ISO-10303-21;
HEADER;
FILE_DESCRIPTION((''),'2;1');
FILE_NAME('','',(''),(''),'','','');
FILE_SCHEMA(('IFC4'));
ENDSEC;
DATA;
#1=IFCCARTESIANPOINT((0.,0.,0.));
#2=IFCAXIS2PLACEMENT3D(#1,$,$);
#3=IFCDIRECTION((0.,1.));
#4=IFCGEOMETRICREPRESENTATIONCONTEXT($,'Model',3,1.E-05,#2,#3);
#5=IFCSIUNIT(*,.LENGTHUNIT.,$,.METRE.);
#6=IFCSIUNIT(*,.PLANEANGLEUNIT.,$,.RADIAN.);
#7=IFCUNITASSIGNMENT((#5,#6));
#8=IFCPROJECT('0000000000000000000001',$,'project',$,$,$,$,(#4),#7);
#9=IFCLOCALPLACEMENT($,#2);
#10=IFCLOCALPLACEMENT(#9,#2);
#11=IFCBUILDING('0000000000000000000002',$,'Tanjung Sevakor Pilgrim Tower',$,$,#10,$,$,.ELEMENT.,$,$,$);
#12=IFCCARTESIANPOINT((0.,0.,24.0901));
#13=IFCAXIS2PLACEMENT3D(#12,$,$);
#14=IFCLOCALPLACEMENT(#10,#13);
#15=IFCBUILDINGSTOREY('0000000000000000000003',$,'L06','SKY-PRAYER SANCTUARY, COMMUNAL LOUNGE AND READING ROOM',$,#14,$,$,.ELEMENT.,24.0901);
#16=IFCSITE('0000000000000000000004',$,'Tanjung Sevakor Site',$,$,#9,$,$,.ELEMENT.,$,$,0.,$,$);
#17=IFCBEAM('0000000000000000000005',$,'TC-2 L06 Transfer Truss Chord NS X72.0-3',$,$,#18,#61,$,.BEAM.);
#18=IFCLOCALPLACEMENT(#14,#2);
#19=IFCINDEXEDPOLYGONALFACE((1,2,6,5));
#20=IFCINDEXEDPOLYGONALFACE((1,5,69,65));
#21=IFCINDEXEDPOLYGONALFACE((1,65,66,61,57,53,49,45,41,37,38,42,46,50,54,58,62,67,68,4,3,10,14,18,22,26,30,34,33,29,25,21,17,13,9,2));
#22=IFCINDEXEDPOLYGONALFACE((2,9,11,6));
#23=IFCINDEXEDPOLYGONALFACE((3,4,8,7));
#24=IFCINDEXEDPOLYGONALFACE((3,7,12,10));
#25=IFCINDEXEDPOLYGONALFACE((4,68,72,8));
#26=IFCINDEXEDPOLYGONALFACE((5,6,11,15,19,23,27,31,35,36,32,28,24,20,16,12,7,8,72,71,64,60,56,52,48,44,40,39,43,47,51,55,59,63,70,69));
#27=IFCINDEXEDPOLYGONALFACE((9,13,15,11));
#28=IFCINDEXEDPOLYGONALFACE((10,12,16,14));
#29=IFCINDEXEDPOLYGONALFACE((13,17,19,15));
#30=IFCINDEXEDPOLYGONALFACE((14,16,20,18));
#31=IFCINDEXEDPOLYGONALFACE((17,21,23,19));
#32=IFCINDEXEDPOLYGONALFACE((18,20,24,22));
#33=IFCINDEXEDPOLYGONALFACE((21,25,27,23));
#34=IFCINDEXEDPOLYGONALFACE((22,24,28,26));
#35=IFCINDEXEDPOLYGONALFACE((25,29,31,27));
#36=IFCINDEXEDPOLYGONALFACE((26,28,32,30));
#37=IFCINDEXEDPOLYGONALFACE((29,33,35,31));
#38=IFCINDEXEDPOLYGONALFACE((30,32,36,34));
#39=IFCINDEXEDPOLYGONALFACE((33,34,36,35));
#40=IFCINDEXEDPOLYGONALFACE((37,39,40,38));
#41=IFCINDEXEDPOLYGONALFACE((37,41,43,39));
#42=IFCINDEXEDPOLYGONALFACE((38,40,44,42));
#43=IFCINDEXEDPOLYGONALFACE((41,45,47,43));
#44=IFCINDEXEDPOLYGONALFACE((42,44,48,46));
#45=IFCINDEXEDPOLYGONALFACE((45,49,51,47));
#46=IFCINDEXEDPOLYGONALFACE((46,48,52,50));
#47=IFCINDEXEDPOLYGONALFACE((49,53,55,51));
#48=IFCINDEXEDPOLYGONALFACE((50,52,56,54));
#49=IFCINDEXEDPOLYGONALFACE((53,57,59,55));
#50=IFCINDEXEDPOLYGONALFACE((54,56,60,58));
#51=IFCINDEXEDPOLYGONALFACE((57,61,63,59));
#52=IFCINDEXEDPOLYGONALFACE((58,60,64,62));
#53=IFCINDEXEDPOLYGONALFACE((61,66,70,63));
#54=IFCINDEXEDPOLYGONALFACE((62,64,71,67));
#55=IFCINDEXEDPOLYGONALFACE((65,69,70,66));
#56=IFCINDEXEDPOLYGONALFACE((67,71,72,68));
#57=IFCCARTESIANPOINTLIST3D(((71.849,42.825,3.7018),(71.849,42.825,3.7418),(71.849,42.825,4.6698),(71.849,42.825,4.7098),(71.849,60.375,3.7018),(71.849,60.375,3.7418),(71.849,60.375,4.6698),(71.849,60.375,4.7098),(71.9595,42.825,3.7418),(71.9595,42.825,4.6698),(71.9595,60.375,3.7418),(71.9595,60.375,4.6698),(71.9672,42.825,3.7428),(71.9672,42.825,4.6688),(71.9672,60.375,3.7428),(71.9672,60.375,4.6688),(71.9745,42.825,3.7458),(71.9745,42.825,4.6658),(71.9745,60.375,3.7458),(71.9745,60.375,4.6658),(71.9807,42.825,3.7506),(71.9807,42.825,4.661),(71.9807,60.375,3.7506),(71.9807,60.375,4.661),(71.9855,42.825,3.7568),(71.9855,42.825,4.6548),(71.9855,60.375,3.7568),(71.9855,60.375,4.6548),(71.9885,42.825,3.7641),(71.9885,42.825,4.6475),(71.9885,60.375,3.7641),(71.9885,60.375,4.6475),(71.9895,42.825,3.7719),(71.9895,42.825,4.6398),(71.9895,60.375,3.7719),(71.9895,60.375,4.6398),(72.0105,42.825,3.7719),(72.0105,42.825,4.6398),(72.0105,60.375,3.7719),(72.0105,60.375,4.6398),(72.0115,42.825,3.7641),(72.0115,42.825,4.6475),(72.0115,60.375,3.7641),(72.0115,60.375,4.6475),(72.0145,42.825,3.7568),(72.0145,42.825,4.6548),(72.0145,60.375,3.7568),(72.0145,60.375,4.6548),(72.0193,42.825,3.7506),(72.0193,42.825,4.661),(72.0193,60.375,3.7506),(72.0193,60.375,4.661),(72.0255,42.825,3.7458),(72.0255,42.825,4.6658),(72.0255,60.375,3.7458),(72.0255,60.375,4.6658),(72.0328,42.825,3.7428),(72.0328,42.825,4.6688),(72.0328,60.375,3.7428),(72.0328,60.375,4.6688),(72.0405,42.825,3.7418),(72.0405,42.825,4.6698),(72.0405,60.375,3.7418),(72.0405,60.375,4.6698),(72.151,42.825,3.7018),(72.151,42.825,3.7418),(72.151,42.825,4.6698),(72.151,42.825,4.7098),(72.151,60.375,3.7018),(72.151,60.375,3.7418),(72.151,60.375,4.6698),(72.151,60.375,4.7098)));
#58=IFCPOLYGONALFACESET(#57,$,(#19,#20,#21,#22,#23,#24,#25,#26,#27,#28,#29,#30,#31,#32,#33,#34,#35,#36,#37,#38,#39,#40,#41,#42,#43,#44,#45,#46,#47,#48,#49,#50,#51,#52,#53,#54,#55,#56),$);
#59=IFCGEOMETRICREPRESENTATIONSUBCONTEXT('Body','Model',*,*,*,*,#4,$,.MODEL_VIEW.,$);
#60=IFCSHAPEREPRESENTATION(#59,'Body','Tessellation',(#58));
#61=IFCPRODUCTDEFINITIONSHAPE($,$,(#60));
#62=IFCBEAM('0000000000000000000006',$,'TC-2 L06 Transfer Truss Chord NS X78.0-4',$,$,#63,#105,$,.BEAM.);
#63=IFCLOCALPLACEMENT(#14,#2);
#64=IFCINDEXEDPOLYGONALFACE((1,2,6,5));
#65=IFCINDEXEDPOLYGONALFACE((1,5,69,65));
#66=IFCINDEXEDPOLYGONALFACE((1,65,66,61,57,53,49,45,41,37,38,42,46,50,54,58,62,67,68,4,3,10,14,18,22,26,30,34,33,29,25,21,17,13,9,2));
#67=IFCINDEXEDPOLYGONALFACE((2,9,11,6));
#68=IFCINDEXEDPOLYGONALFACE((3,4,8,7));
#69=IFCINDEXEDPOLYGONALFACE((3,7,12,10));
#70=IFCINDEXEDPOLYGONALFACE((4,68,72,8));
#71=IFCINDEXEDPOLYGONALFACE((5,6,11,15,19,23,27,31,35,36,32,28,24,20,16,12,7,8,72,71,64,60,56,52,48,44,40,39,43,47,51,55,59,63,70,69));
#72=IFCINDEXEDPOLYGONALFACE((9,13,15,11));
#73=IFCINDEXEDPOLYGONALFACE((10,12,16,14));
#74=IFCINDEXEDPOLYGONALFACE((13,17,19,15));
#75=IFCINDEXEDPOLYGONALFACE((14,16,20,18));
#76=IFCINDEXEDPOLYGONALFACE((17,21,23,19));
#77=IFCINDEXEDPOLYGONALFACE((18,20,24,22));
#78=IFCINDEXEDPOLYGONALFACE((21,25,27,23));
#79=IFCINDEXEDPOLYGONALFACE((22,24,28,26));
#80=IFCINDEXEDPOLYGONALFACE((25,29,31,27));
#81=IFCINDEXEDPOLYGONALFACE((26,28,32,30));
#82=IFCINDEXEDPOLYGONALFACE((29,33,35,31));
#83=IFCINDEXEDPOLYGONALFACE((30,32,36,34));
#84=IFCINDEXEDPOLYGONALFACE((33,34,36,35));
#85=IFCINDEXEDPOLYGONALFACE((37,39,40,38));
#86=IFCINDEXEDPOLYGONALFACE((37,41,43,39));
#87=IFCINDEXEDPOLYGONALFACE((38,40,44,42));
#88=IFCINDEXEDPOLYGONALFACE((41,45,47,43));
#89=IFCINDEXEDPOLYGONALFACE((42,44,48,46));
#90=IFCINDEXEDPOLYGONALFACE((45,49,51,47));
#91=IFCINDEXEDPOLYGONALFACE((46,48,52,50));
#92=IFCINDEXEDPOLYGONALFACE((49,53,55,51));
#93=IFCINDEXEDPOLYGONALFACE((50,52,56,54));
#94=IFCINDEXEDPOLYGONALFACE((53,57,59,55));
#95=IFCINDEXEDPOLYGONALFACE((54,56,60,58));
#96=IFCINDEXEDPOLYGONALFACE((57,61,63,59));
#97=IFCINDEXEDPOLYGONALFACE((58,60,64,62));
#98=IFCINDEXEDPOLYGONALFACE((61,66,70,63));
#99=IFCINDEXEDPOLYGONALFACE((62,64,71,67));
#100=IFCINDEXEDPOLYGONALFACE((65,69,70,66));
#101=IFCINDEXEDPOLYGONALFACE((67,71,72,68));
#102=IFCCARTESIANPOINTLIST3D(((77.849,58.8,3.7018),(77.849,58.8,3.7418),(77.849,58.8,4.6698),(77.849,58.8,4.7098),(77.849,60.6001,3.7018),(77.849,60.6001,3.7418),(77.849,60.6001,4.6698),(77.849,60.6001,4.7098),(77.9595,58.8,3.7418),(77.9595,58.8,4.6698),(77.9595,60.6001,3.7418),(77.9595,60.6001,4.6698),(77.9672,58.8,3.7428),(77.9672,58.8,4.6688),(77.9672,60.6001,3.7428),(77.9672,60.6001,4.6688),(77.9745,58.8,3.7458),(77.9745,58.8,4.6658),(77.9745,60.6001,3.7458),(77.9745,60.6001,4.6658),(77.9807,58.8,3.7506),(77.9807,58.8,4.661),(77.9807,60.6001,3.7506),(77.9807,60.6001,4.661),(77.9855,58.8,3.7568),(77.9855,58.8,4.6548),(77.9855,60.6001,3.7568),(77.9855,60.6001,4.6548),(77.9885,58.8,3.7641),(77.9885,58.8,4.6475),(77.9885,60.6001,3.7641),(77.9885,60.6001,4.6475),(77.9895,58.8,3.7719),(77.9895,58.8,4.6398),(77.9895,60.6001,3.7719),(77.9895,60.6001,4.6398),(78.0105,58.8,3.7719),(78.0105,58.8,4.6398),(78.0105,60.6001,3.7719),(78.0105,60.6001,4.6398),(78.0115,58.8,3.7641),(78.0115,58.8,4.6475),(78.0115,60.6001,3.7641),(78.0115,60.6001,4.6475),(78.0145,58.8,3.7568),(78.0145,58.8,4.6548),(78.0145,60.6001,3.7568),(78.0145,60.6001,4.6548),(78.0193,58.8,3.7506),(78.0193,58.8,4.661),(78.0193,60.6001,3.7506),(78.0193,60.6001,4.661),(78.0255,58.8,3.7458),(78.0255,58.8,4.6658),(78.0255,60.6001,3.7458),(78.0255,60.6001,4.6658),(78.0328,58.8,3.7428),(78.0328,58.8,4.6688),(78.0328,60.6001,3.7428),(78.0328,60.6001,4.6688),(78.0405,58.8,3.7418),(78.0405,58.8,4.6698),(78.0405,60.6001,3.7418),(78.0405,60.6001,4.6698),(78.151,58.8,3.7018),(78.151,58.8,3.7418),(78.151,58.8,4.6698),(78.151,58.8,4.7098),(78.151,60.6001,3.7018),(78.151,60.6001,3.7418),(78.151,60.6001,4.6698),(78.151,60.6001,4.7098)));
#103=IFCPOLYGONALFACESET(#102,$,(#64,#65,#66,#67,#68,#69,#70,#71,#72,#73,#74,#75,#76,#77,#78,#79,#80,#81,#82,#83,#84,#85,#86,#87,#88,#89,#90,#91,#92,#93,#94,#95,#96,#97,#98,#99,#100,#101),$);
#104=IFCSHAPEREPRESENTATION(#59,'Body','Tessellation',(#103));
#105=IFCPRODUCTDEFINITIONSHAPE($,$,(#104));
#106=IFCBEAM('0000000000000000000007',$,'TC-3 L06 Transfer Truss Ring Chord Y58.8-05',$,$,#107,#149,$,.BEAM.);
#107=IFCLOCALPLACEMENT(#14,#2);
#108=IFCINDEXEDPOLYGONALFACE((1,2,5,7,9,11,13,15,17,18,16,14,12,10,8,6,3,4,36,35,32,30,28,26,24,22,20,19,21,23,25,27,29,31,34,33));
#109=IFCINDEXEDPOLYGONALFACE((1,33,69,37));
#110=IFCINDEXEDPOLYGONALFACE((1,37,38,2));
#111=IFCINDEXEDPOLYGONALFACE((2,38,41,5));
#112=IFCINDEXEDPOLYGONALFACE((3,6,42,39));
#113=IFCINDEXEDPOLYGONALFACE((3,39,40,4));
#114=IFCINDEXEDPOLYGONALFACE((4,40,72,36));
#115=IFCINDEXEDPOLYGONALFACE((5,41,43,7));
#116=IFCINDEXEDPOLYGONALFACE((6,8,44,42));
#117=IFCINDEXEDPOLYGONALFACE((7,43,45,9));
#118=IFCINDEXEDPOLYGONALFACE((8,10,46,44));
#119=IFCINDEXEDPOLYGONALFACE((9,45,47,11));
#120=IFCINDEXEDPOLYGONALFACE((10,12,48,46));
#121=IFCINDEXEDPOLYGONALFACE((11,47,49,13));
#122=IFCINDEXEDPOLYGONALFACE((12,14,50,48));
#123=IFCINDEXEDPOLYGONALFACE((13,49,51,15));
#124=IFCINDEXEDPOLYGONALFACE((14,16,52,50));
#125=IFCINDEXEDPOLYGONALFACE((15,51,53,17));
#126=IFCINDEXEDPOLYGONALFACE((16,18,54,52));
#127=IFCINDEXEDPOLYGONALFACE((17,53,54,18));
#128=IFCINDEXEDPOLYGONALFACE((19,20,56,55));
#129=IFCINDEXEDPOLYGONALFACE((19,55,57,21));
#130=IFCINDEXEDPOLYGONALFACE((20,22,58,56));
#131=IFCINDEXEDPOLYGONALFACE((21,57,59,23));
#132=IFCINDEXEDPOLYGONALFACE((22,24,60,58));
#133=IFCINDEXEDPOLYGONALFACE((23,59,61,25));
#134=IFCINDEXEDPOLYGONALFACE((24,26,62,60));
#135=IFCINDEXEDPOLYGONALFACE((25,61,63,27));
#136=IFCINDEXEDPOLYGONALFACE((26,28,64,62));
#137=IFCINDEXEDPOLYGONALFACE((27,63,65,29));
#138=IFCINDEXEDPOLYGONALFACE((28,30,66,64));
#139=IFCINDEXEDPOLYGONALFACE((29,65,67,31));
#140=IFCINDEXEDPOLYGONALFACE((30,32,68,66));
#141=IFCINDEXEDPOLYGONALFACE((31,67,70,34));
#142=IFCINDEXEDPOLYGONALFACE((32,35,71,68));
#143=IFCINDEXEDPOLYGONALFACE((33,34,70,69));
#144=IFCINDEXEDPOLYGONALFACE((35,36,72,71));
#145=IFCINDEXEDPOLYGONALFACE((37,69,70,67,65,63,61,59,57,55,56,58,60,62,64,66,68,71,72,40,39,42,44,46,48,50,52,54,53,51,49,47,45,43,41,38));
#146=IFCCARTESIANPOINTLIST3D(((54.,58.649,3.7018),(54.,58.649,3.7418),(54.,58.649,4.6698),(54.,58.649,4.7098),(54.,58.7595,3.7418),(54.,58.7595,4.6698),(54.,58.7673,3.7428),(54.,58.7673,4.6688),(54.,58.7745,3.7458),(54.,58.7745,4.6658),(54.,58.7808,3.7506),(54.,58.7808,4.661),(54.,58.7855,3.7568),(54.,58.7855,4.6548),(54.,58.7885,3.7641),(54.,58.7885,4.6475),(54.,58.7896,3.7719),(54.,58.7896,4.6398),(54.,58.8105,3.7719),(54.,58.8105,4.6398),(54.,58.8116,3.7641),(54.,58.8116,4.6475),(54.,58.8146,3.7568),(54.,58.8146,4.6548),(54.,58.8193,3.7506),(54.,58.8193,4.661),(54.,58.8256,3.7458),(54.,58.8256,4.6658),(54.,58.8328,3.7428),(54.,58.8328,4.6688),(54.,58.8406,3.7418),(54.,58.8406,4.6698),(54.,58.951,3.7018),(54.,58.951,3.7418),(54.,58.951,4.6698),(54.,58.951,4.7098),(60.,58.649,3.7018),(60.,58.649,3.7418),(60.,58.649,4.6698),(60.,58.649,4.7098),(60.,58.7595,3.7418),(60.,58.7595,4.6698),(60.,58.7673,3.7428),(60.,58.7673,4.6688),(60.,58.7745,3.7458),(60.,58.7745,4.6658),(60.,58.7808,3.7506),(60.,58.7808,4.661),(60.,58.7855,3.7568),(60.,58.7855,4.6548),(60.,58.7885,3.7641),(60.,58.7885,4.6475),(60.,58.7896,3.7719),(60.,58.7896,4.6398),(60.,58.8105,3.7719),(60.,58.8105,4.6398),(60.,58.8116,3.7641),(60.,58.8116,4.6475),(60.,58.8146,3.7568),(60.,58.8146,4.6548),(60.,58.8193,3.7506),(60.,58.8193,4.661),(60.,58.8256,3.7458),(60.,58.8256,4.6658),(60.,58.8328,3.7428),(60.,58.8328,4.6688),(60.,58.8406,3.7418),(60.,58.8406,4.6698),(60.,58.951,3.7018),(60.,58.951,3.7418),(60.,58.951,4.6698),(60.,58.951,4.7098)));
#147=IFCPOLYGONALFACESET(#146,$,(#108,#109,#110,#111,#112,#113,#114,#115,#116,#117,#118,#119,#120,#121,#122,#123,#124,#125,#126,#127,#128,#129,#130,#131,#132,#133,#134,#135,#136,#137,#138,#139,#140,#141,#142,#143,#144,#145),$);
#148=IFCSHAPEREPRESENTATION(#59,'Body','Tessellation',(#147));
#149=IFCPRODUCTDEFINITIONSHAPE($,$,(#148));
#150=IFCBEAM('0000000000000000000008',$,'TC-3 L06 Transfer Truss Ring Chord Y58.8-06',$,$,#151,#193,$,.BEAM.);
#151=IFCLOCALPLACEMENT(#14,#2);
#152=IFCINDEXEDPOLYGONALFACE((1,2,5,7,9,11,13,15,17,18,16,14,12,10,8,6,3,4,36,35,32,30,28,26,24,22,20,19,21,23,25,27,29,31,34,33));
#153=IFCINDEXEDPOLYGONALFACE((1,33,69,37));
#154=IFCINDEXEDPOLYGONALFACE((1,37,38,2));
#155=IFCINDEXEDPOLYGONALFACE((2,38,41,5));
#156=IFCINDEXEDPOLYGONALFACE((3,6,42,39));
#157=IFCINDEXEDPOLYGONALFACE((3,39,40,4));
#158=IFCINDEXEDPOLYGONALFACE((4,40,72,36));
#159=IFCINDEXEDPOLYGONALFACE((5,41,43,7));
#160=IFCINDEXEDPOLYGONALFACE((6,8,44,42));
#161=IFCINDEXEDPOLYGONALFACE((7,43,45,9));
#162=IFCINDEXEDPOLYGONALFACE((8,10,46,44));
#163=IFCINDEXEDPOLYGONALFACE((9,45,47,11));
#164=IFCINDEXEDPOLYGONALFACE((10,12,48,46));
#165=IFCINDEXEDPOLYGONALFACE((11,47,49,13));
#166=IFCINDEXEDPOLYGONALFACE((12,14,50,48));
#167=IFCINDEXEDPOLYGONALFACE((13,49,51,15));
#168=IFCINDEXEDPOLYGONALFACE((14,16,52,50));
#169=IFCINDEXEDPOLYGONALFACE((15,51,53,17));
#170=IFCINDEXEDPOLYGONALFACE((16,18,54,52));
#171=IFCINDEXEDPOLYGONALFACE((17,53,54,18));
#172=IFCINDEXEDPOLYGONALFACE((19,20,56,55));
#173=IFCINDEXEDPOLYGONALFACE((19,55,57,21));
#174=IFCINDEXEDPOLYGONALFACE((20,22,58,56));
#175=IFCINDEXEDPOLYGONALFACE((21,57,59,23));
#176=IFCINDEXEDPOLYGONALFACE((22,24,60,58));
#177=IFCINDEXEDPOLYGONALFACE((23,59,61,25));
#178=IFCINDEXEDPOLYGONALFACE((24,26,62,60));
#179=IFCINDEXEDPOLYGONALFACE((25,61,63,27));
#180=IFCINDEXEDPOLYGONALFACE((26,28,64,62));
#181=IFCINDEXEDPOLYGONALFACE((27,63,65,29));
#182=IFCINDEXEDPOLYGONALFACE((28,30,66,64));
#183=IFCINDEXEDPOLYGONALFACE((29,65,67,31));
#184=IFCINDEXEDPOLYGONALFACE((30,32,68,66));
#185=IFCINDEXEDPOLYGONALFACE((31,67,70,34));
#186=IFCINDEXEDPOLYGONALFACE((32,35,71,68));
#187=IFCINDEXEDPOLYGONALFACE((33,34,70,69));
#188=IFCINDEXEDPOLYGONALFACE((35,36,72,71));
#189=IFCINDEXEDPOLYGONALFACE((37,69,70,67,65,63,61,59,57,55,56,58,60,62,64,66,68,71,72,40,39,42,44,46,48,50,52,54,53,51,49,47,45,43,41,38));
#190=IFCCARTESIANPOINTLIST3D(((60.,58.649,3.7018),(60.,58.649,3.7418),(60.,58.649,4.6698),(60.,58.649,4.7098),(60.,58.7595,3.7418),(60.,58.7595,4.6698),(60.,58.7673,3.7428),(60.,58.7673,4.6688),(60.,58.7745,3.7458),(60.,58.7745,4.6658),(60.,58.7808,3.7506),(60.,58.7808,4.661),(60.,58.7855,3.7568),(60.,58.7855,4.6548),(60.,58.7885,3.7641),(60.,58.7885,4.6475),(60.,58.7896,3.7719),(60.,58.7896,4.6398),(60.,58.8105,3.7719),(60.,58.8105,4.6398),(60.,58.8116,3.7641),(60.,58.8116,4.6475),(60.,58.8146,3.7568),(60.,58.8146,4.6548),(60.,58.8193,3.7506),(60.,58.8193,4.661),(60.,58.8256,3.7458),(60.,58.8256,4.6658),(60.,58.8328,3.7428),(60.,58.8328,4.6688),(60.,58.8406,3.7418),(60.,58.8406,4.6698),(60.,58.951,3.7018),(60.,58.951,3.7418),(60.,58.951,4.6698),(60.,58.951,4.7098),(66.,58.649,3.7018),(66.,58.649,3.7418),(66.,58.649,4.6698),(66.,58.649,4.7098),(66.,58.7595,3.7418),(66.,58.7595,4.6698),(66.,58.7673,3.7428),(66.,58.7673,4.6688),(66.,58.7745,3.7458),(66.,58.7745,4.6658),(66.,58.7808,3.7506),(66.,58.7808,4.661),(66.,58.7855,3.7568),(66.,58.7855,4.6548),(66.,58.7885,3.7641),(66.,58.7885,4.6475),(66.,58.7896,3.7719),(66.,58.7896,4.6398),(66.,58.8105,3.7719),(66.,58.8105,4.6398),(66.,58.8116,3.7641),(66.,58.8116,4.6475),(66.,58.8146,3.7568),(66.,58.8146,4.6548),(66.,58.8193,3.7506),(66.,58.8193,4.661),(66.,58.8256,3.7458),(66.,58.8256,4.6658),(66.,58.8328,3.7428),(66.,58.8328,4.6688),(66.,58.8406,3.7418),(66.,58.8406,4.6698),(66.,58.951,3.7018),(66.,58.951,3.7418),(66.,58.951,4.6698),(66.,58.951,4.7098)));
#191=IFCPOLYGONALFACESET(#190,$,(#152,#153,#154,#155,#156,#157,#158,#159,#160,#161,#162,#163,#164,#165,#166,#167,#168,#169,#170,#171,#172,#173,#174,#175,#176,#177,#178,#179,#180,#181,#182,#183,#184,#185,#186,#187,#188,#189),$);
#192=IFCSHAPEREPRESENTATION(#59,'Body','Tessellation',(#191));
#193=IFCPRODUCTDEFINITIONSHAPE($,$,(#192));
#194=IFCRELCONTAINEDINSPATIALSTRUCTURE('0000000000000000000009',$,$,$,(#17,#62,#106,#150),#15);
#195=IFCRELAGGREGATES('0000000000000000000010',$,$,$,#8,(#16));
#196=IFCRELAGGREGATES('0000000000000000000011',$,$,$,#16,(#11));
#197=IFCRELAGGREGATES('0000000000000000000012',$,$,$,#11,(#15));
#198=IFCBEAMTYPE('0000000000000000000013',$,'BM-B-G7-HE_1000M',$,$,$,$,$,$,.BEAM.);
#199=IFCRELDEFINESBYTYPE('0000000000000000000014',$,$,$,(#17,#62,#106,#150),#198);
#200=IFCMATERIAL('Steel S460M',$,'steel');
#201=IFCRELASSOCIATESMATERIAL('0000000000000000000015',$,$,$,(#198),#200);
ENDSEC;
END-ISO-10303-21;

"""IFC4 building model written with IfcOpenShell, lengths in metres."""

from ifc_helpers import new_model, si_unit, direction, frame, origin, origin_2d, place, context, subcontext, project, spatial, i_section, extrude, material, material_profile, profile_set, type_object, element, save


model = new_model("IFC4")

# Units and contexts
model_context = context("Model", 3, precision=1e-05, world=origin(), true_north=direction((0.0, 1.0)))
body_context = subcontext(model_context, "Body", "Model", "MODEL_VIEW")
ifc_project = project(units=[si_unit("LENGTHUNIT", "METRE"), si_unit("PLANEANGLEUNIT", "RADIAN")], contexts=[model_context])

# Site, building, storey
site_placement = place(None, origin())
site = spatial("IfcSite", under=ifc_project, at=site_placement, Name="Tanjung Sevakor Site", CompositionType="ELEMENT", RefElevation=0.0)
building_placement = place(site_placement, origin())
building = spatial("IfcBuilding", under=site, at=building_placement, Name="Tanjung Sevakor Pilgrim Tower", CompositionType="ELEMENT")
storey_placement = place(building_placement, frame((0.0, 0.0, 24.0901)))
storey = spatial("IfcBuildingStorey", under=building, at=storey_placement, Name="L06", Description="SKY-PRAYER SANCTUARY, COMMUNAL LOUNGE AND READING ROOM", CompositionType="ELEMENT", Elevation=24.0901)

# Beams
ifc_material_1 = material(Name="Steel S460M", Category="steel")
ifc_material_profile_1 = material_profile(ifc_material_1, i_section(OverallWidth=0.302, OverallDepth=1.0081, WebThickness=0.021, FlangeThickness=0.04, FilletRadius=0.03, at=origin_2d()))
ifc_profile_set_1 = profile_set([ifc_material_profile_1], Name="Steel S460M")
beam_type_1 = type_object("IfcBeamType", Name="BM-B-G7-HE_1000M", PredefinedType="BEAM", material=ifc_profile_set_1)
for number, where, z_axis, x_axis, name in (
    (1, (72.0, 42.825, 4.2058), (0.0, 1.0, 0.0), (-1.0, 0.0, 0.0), "TC-2 L06 Transfer Truss Chord NS X72.0-3"),
):
    element("IfcBeam", number, at=place(storey_placement, frame(where, z_axis=z_axis, x_axis=x_axis)), inside=storey, type_object=beam_type_1, Name=name, PredefinedType="BEAM", context=body_context, shape_type="SweptSolid", body=[
        extrude(i_section(OverallWidth=0.302, OverallDepth=1.0081, WebThickness=0.021, FlangeThickness=0.04, FilletRadius=0.03, at=origin_2d()), origin(), (0.0, 0.0, 1.0), 17.55),
    ])
beam_1_placement = place(storey_placement, frame((78.0, 58.8, 4.2058), z_axis=(0.0, 1.0, 0.0), x_axis=(-1.0, 0.0, 0.0)))
element("IfcBeam", 2, at=beam_1_placement, inside=storey, type_object=beam_type_1, Name="TC-2 L06 Transfer Truss Chord NS X78.0-4", PredefinedType="BEAM", context=body_context, shape_type="SweptSolid", body=[
    extrude(i_section(OverallWidth=0.302, OverallDepth=1.0081, WebThickness=0.021, FlangeThickness=0.04, FilletRadius=0.03, at=origin_2d()), origin(), (0.0, 0.0, 1.0), 1.8),
])
for number, where, z_axis, x_axis, name in (
    (3, (54.0, 58.8, 4.2058), (1.0, 0.0, 0.0), (0.0, 1.0, 0.0), "TC-3 L06 Transfer Truss Ring Chord Y58.8-05"),
    (4, (60.0, 58.8, 4.2058), (1.0, 0.0, 0.0), (0.0, 1.0, 0.0), "TC-3 L06 Transfer Truss Ring Chord Y58.8-06"),
):
    element("IfcBeam", number, at=place(storey_placement, frame(where, z_axis=z_axis, x_axis=x_axis)), inside=storey, type_object=beam_type_1, Name=name, PredefinedType="BEAM", context=body_context, shape_type="SweptSolid", body=[
        extrude(i_section(OverallWidth=0.302, OverallDepth=1.0081, WebThickness=0.021, FlangeThickness=0.04, FilletRadius=0.03, at=origin_2d()), origin(), (0.0, 0.0, 1.0), 6.0),
    ])

save(model, "model.ifc")
